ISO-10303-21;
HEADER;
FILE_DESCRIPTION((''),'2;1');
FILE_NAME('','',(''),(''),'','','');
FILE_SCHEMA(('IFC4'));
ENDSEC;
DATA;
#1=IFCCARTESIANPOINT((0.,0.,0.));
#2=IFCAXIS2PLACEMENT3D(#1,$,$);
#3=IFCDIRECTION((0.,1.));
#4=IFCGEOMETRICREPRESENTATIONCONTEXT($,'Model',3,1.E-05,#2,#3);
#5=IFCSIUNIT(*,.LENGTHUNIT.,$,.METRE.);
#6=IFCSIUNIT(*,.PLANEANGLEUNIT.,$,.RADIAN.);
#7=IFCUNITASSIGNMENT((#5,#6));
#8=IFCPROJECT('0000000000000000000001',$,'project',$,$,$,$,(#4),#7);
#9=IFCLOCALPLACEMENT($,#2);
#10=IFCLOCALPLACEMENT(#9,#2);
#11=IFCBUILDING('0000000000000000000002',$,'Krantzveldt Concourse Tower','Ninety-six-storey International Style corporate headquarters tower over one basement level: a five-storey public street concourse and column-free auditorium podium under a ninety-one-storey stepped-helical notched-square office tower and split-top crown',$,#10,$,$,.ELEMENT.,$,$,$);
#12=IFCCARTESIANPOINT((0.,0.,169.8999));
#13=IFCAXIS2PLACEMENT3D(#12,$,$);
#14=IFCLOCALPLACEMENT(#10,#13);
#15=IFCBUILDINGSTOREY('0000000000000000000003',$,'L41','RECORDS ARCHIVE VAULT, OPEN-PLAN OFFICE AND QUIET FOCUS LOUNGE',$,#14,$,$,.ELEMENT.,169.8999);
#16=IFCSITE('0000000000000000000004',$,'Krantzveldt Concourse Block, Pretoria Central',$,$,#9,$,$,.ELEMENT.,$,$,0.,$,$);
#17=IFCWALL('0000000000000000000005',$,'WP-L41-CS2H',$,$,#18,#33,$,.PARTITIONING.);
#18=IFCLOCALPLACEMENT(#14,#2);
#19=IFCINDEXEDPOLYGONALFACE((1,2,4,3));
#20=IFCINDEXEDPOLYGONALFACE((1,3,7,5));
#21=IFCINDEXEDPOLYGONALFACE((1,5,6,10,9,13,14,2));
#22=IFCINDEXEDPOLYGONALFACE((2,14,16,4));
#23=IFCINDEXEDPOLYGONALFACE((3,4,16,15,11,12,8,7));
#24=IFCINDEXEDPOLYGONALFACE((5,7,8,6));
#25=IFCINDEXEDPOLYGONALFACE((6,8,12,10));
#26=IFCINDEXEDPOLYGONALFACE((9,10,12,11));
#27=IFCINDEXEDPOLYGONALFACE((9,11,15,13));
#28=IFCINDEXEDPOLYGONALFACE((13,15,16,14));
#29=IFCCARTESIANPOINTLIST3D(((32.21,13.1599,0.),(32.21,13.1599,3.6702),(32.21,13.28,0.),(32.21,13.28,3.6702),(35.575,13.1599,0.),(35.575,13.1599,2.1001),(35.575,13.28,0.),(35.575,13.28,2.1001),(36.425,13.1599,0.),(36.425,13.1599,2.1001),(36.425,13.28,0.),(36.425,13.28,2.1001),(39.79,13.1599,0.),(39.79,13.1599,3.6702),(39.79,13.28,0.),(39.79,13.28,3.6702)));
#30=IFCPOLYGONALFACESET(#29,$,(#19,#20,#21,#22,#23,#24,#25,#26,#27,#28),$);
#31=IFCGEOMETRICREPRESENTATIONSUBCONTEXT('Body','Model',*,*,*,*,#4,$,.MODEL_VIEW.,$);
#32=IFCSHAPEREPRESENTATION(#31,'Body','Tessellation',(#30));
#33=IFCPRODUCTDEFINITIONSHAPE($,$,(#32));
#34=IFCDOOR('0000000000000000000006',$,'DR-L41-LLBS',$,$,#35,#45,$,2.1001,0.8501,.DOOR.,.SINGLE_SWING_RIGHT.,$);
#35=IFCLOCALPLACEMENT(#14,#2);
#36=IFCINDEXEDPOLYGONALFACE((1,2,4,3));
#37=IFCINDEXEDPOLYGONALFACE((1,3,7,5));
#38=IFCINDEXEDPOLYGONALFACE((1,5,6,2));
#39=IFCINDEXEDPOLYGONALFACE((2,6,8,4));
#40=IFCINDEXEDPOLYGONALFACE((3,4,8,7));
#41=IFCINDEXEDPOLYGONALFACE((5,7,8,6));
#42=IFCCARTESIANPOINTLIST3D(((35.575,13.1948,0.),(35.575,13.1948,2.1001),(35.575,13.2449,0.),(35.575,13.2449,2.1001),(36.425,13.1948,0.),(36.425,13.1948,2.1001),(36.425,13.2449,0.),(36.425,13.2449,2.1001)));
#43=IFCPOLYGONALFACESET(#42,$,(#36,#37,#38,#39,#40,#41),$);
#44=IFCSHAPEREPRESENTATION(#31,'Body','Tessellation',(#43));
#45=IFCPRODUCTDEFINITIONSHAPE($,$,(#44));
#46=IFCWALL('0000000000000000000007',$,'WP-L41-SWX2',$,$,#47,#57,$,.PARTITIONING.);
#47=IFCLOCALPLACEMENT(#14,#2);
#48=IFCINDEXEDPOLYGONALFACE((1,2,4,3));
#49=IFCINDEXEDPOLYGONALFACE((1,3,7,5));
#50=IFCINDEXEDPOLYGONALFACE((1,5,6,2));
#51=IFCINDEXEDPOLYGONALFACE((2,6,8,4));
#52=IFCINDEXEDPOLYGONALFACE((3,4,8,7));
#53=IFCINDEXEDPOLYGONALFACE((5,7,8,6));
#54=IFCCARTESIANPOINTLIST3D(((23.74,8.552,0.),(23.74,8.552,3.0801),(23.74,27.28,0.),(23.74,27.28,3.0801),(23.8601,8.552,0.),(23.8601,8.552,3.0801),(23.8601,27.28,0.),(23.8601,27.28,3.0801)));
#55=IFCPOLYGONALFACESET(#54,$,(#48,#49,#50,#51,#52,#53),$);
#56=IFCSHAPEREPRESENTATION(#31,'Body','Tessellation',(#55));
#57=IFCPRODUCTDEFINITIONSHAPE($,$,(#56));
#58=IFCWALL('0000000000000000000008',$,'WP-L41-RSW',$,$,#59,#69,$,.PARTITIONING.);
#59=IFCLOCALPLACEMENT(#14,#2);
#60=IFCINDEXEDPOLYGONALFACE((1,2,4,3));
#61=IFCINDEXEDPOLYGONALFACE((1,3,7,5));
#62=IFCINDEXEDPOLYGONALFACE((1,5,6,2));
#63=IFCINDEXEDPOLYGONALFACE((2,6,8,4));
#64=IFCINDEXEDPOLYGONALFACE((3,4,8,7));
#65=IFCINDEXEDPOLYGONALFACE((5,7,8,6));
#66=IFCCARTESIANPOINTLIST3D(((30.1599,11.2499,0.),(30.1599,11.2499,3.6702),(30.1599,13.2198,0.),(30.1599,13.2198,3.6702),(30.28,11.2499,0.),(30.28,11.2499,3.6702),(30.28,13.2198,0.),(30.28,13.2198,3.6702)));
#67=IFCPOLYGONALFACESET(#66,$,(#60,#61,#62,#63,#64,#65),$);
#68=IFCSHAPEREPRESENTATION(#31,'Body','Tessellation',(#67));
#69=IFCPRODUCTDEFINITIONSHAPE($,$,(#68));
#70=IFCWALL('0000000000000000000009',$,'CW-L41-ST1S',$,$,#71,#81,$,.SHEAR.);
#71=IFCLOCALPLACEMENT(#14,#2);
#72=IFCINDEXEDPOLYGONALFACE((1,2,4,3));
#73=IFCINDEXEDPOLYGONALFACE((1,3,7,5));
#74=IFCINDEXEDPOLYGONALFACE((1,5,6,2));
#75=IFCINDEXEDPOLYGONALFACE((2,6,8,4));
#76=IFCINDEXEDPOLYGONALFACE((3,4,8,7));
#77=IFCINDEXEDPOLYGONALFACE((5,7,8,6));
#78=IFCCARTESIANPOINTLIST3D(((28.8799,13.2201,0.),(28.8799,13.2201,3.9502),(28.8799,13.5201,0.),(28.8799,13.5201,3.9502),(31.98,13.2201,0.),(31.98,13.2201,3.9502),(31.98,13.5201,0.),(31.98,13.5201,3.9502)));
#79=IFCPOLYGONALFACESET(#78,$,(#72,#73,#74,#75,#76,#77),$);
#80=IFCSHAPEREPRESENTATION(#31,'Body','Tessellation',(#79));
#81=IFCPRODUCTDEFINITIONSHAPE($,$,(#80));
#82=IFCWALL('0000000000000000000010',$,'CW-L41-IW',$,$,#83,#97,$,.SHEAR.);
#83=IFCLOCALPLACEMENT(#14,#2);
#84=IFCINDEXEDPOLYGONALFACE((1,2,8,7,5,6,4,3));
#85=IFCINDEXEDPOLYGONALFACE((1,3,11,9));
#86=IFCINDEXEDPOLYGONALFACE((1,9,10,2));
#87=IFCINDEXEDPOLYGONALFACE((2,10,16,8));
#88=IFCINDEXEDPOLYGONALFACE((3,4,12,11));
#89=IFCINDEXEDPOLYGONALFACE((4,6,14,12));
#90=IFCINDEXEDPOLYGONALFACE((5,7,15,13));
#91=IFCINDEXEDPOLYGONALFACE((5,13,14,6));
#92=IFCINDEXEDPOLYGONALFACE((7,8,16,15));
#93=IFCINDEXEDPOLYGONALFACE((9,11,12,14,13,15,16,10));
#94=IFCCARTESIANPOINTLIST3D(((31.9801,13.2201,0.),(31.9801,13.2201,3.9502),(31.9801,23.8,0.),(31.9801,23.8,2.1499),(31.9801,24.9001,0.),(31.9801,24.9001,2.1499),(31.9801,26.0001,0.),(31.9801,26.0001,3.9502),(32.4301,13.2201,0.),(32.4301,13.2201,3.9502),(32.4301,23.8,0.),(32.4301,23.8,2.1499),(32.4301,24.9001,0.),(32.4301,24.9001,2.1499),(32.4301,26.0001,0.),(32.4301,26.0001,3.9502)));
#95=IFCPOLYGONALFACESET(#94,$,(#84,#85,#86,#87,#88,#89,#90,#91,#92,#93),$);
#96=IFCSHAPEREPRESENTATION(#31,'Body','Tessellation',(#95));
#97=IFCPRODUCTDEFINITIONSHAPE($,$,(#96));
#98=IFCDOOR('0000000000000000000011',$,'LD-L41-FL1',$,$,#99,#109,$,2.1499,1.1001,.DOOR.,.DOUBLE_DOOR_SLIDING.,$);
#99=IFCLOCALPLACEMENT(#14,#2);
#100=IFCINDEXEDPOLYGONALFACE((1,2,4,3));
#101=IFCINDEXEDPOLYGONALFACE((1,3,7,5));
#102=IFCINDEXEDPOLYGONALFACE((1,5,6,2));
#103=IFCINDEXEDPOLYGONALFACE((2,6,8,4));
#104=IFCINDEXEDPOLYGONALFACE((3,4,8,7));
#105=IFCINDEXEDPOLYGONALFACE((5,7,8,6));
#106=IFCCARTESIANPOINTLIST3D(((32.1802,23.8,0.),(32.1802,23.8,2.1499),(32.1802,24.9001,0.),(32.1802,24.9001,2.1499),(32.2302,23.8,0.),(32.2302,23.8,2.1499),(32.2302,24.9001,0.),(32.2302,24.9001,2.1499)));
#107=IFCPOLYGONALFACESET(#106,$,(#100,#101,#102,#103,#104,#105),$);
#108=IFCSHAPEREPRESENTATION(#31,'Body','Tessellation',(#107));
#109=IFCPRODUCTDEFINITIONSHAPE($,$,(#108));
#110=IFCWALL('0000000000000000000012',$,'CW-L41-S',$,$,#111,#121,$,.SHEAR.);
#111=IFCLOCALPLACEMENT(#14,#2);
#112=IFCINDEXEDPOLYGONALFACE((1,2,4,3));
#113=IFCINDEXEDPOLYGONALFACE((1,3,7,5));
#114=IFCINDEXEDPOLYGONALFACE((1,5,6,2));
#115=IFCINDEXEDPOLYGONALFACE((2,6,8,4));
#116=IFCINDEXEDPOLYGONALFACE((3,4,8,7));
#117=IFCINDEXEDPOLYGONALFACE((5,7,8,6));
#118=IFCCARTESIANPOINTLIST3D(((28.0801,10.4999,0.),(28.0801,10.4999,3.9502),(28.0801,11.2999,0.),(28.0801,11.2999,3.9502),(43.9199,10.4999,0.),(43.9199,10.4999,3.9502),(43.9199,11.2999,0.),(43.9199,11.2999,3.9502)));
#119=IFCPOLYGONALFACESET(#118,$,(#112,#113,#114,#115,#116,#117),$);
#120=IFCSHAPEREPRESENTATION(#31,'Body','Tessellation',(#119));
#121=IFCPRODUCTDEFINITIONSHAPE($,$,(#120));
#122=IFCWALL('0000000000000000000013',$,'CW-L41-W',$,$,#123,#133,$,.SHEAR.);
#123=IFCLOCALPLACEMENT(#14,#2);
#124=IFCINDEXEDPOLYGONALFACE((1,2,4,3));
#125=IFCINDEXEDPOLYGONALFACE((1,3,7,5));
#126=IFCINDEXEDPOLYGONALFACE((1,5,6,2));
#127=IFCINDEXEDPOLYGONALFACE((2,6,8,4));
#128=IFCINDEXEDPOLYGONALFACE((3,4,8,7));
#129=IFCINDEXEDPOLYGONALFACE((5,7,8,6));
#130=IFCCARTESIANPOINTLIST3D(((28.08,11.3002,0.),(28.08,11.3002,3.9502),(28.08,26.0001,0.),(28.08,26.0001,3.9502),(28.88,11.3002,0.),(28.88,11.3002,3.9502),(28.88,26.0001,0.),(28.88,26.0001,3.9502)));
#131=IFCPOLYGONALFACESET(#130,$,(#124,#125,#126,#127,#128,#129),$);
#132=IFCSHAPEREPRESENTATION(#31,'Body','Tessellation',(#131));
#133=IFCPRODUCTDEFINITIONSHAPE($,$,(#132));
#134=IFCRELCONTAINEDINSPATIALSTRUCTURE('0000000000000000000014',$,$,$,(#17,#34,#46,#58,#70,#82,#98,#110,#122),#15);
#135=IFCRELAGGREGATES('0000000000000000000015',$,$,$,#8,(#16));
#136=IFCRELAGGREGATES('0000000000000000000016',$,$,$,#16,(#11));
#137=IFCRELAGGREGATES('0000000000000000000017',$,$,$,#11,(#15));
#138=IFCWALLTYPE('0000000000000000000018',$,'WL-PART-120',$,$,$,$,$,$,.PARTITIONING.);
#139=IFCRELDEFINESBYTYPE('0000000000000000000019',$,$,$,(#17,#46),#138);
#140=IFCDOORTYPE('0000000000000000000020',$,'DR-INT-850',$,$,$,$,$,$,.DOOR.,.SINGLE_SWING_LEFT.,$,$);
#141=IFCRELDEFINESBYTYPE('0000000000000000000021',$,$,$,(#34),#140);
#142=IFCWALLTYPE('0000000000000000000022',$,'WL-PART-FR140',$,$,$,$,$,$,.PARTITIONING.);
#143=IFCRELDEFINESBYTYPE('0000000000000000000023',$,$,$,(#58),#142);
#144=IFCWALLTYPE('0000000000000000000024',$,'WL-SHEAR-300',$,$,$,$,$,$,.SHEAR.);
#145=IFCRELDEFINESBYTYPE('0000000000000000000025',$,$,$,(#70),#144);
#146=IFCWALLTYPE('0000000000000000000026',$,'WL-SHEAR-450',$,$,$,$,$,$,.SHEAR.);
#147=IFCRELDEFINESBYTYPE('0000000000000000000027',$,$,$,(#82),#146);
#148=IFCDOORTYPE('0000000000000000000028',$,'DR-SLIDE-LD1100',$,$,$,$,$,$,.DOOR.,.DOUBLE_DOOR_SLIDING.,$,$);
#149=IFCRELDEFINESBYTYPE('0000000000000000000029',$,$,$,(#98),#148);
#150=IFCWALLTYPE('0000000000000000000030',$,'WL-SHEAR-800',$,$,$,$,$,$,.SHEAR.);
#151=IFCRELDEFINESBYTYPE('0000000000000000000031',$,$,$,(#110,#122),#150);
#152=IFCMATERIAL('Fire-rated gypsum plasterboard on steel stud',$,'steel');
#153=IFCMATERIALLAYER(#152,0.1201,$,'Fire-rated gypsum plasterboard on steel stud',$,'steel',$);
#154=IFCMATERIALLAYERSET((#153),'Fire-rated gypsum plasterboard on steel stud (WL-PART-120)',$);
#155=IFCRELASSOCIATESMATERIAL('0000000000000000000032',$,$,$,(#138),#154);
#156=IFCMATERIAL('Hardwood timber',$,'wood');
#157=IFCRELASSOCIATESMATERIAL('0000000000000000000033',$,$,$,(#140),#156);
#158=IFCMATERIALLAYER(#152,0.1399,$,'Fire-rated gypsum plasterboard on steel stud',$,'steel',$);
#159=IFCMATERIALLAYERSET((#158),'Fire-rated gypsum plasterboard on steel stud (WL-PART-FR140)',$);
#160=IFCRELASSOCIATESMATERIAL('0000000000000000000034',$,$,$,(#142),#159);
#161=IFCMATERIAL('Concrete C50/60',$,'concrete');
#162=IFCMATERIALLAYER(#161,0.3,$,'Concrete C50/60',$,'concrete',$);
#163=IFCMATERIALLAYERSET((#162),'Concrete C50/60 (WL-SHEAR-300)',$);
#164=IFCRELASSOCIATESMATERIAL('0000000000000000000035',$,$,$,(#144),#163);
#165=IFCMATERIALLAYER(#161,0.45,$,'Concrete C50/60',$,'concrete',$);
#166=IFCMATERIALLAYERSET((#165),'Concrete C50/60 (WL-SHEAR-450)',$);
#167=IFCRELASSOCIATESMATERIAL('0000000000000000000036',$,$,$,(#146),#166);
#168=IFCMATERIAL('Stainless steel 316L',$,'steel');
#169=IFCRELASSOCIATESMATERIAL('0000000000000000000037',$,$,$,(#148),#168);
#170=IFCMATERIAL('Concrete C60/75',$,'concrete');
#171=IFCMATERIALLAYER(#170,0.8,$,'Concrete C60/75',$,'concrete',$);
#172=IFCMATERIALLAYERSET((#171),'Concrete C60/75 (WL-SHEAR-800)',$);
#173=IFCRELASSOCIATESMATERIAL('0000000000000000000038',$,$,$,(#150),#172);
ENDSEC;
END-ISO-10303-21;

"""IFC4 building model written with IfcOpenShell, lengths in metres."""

from ifc_helpers import new_model, si_unit, direction, frame, frame_2d, origin, place, context, subcontext, project, spatial, rectangle, extrude, material, layer, layer_set, type_object, element, fill, save


model = new_model("IFC4")

# Units and contexts
model_context = context("Model", 3, precision=1e-05, world=origin(), true_north=direction((0.0, 1.0)))
body_context = subcontext(model_context, "Body", "Model", "MODEL_VIEW")
ifc_project = project(units=[si_unit("LENGTHUNIT", "METRE"), si_unit("PLANEANGLEUNIT", "RADIAN")], contexts=[model_context])

# Site, building, storey
site_placement = place(None, origin())
site = spatial("IfcSite", under=ifc_project, at=site_placement, Name="Krantzveldt Concourse Block, Pretoria Central", CompositionType="ELEMENT", RefElevation=0.0)
building_placement = place(site_placement, origin())
building = spatial("IfcBuilding", under=site, at=building_placement, Name="Krantzveldt Concourse Tower", Description="Ninety-six-storey International Style corporate headquarters tower over one basement level: a five-storey public street concourse and column-free auditorium podium under a ninety-one-storey stepped-helical notched-square office tower and split-top crown", CompositionType="ELEMENT")
storey_placement = place(building_placement, frame((0.0, 0.0, 169.8999)))
storey = spatial("IfcBuildingStorey", under=building, at=storey_placement, Name="L41", Description="RECORDS ARCHIVE VAULT, OPEN-PLAN OFFICE AND QUIET FOCUS LOUNGE", CompositionType="ELEMENT", Elevation=169.8999)

# Shared definitions
ifc_material_1 = material(Name="Concrete C50/60", Category="concrete")

# Wall, opening, door
ifc_material_2 = material(Name="Fire-rated gypsum plasterboard on steel stud", Category="steel")
ifc_layer_1 = layer(ifc_material_2, 0.1201, Name="Fire-rated gypsum plasterboard on steel stud", Category="steel")
ifc_layer_set_1 = layer_set([ifc_layer_1], Name="Fire-rated gypsum plasterboard on steel stud (WL-PART-120)")
wall_type_1 = type_object("IfcWallType", Name="WL-PART-120", PredefinedType="PARTITIONING", material=ifc_layer_set_1)
wall_1_placement = place(storey_placement, frame((32.21, 13.22, 0.0), z_axis=(0.0, 0.0, 1.0), x_axis=(1.0, 0.0, 0.0)))
wall_1 = element("IfcWall", 1, at=wall_1_placement, inside=storey, type_object=wall_type_1, Name="WP-L41-CS2H", PredefinedType="PARTITIONING", context=body_context, shape_type="SweptSolid", body=[
    extrude(rectangle(XDim=7.5801, YDim=0.1201, at=frame_2d((3.79, 0.0))), origin(), (0.0, 0.0, 1.0), 3.6702),
])
opening_1_placement = place(wall_1_placement, frame((3.365, 0.0, 0.0)))
opening_1 = element("IfcOpeningElement", 2, at=opening_1_placement, cuts=wall_1, PredefinedType="OPENING", context=body_context, shape_type="SweptSolid", body=[
    extrude(rectangle(XDim=0.8501, YDim=2.1001, at=frame_2d((0.425, 1.05))), frame((0.0, 0.0701, 0.0), z_axis=(0.0, -1.0, 0.0), x_axis=(1.0, 0.0, 0.0)), (0.0, 0.0, 1.0), 0.1401),
])
ifc_material_3 = material(Name="Hardwood timber", Category="wood")
door_type_1 = type_object("IfcDoorType", Name="DR-INT-850", OperationType="SINGLE_SWING_LEFT", PredefinedType="DOOR", material=ifc_material_3)
door_1_placement = place(opening_1_placement, origin())
door_1 = element("IfcDoor", 3, at=door_1_placement, inside=storey, type_object=door_type_1, Name="DR-L41-LLBS", OperationType="SINGLE_SWING_RIGHT", OverallHeight=2.1001, OverallWidth=0.8501, PredefinedType="DOOR", context=body_context, shape_type="SweptSolid", body=[
    extrude(rectangle(XDim=0.8501, YDim=2.1001, at=frame_2d((0.425, 1.05))), frame((0.0, 0.0249, 0.0), z_axis=(0.0, -1.0, 0.0), x_axis=(1.0, 0.0, 0.0)), (0.0, 0.0, 1.0), 0.05),
])
fill(opening_1, door_1)

# Walls
wall_2_placement = place(storey_placement, frame((23.8, 8.552, 0.0), z_axis=(0.0, 0.0, 1.0), x_axis=(0.0, 1.0, 0.0)))
element("IfcWall", 4, at=wall_2_placement, inside=storey, type_object=wall_type_1, Name="WP-L41-SWX2", PredefinedType="PARTITIONING", context=body_context, shape_type="SweptSolid", body=[
    extrude(rectangle(XDim=18.728, YDim=0.1201, at=frame_2d((9.364, 0.0))), origin(), (0.0, 0.0, 1.0), 3.0801),
])
ifc_layer_2 = layer(ifc_material_2, 0.1399, Name="Fire-rated gypsum plasterboard on steel stud", Category="steel")
ifc_layer_set_2 = layer_set([ifc_layer_2], Name="Fire-rated gypsum plasterboard on steel stud (WL-PART-FR140)")
wall_type_2 = type_object("IfcWallType", Name="WL-PART-FR140", PredefinedType="PARTITIONING", material=ifc_layer_set_2)
wall_3_placement = place(storey_placement, frame((30.22, 11.25, 0.0), z_axis=(0.0, 0.0, 1.0), x_axis=(0.0, 1.0, 0.0)))
element("IfcWall", 5, at=wall_3_placement, inside=storey, type_object=wall_type_2, Name="WP-L41-RSW", PredefinedType="PARTITIONING", context=body_context, shape_type="SweptSolid", body=[
    extrude(rectangle(XDim=1.97, YDim=0.1201, at=frame_2d((0.9849, 0.0))), origin(), (0.0, 0.0, 1.0), 3.6702),
])
ifc_layer_3 = layer(ifc_material_1, 0.3, Name="Concrete C50/60", Category="concrete")
ifc_layer_set_3 = layer_set([ifc_layer_3], Name="Concrete C50/60 (WL-SHEAR-300)")
wall_type_3 = type_object("IfcWallType", Name="WL-SHEAR-300", PredefinedType="SHEAR", material=ifc_layer_set_3)
wall_4_placement = place(storey_placement, frame((28.8799, 13.3701, 0.0), z_axis=(0.0, 0.0, 1.0), x_axis=(1.0, 0.0, 0.0)))
element("IfcWall", 6, at=wall_4_placement, inside=storey, type_object=wall_type_3, Name="CW-L41-ST1S", PredefinedType="SHEAR", context=body_context, shape_type="SweptSolid", body=[
    extrude(rectangle(XDim=3.1001, YDim=0.3, at=frame_2d((1.55, 0.0))), origin(), (0.0, 0.0, 1.0), 3.9502),
])

# Wall, opening, door
ifc_layer_4 = layer(ifc_material_1, 0.45, Name="Concrete C50/60", Category="concrete")
ifc_layer_set_4 = layer_set([ifc_layer_4], Name="Concrete C50/60 (WL-SHEAR-450)")
wall_type_4 = type_object("IfcWallType", Name="WL-SHEAR-450", PredefinedType="SHEAR", material=ifc_layer_set_4)
wall_5_placement = place(storey_placement, frame((32.2051, 13.22, 0.0), z_axis=(0.0, 0.0, 1.0), x_axis=(0.0, 1.0, 0.0)))
wall_5 = element("IfcWall", 7, at=wall_5_placement, inside=storey, type_object=wall_type_4, Name="CW-L41-IW", PredefinedType="SHEAR", context=body_context, shape_type="SweptSolid", body=[
    extrude(rectangle(XDim=12.78, YDim=0.45, at=frame_2d((6.3901, 0.0))), origin(), (0.0, 0.0, 1.0), 3.9502),
])
opening_2_placement = place(wall_5_placement, frame((10.5801, 0.0, 0.0)))
opening_2 = element("IfcOpeningElement", 8, at=opening_2_placement, cuts=wall_5, PredefinedType="OPENING", context=body_context, shape_type="SweptSolid", body=[
    extrude(rectangle(XDim=1.1001, YDim=2.1499, at=frame_2d((0.55, 1.075))), frame((0.0, 0.2349, 0.0), z_axis=(0.0, -1.0, 0.0), x_axis=(1.0, 0.0, 0.0)), (0.0, 0.0, 1.0), 0.47),
])
ifc_material_4 = material(Name="Stainless steel 316L", Category="steel")
door_type_2 = type_object("IfcDoorType", Name="DR-SLIDE-LD1100", OperationType="DOUBLE_DOOR_SLIDING", PredefinedType="DOOR", material=ifc_material_4)
door_2_placement = place(opening_2_placement, origin())
door_2 = element("IfcDoor", 9, at=door_2_placement, inside=storey, type_object=door_type_2, Name="LD-L41-FL1", OperationType="DOUBLE_DOOR_SLIDING", OverallHeight=2.1499, OverallWidth=1.1001, PredefinedType="DOOR", context=body_context, shape_type="SweptSolid", body=[
    extrude(rectangle(XDim=1.1001, YDim=2.1499, at=frame_2d((0.55, 1.075))), frame((0.0, 0.0249, 0.0), z_axis=(0.0, -1.0, 0.0), x_axis=(1.0, 0.0, 0.0)), (0.0, 0.0, 1.0), 0.05),
])
fill(opening_2, door_2)

# Walls
ifc_material_5 = material(Name="Concrete C60/75", Category="concrete")
ifc_layer_5 = layer(ifc_material_5, 0.8, Name="Concrete C60/75", Category="concrete")
ifc_layer_set_5 = layer_set([ifc_layer_5], Name="Concrete C60/75 (WL-SHEAR-800)")
wall_type_5 = type_object("IfcWallType", Name="WL-SHEAR-800", PredefinedType="SHEAR", material=ifc_layer_set_5)
wall_6_placement = place(storey_placement, frame((28.0801, 10.8999, 0.0), z_axis=(0.0, 0.0, 1.0), x_axis=(1.0, 0.0, 0.0)))
element("IfcWall", 10, at=wall_6_placement, inside=storey, type_object=wall_type_5, Name="CW-L41-S", PredefinedType="SHEAR", context=body_context, shape_type="SweptSolid", body=[
    extrude(rectangle(XDim=15.8398, YDim=0.8, at=frame_2d((7.9199, 0.0))), origin(), (0.0, 0.0, 1.0), 3.9502),
])
wall_7_placement = place(storey_placement, frame((28.48, 11.3, 0.0), z_axis=(0.0, 0.0, 1.0), x_axis=(0.0, 1.0, 0.0)))
element("IfcWall", 11, at=wall_7_placement, inside=storey, type_object=wall_type_5, Name="CW-L41-W", PredefinedType="SHEAR", context=body_context, shape_type="SweptSolid", body=[
    extrude(rectangle(XDim=14.7, YDim=0.8, at=frame_2d((7.3501, 0.0))), origin(), (0.0, 0.0, 1.0), 3.9502),
])

save(model, "model.ifc")
